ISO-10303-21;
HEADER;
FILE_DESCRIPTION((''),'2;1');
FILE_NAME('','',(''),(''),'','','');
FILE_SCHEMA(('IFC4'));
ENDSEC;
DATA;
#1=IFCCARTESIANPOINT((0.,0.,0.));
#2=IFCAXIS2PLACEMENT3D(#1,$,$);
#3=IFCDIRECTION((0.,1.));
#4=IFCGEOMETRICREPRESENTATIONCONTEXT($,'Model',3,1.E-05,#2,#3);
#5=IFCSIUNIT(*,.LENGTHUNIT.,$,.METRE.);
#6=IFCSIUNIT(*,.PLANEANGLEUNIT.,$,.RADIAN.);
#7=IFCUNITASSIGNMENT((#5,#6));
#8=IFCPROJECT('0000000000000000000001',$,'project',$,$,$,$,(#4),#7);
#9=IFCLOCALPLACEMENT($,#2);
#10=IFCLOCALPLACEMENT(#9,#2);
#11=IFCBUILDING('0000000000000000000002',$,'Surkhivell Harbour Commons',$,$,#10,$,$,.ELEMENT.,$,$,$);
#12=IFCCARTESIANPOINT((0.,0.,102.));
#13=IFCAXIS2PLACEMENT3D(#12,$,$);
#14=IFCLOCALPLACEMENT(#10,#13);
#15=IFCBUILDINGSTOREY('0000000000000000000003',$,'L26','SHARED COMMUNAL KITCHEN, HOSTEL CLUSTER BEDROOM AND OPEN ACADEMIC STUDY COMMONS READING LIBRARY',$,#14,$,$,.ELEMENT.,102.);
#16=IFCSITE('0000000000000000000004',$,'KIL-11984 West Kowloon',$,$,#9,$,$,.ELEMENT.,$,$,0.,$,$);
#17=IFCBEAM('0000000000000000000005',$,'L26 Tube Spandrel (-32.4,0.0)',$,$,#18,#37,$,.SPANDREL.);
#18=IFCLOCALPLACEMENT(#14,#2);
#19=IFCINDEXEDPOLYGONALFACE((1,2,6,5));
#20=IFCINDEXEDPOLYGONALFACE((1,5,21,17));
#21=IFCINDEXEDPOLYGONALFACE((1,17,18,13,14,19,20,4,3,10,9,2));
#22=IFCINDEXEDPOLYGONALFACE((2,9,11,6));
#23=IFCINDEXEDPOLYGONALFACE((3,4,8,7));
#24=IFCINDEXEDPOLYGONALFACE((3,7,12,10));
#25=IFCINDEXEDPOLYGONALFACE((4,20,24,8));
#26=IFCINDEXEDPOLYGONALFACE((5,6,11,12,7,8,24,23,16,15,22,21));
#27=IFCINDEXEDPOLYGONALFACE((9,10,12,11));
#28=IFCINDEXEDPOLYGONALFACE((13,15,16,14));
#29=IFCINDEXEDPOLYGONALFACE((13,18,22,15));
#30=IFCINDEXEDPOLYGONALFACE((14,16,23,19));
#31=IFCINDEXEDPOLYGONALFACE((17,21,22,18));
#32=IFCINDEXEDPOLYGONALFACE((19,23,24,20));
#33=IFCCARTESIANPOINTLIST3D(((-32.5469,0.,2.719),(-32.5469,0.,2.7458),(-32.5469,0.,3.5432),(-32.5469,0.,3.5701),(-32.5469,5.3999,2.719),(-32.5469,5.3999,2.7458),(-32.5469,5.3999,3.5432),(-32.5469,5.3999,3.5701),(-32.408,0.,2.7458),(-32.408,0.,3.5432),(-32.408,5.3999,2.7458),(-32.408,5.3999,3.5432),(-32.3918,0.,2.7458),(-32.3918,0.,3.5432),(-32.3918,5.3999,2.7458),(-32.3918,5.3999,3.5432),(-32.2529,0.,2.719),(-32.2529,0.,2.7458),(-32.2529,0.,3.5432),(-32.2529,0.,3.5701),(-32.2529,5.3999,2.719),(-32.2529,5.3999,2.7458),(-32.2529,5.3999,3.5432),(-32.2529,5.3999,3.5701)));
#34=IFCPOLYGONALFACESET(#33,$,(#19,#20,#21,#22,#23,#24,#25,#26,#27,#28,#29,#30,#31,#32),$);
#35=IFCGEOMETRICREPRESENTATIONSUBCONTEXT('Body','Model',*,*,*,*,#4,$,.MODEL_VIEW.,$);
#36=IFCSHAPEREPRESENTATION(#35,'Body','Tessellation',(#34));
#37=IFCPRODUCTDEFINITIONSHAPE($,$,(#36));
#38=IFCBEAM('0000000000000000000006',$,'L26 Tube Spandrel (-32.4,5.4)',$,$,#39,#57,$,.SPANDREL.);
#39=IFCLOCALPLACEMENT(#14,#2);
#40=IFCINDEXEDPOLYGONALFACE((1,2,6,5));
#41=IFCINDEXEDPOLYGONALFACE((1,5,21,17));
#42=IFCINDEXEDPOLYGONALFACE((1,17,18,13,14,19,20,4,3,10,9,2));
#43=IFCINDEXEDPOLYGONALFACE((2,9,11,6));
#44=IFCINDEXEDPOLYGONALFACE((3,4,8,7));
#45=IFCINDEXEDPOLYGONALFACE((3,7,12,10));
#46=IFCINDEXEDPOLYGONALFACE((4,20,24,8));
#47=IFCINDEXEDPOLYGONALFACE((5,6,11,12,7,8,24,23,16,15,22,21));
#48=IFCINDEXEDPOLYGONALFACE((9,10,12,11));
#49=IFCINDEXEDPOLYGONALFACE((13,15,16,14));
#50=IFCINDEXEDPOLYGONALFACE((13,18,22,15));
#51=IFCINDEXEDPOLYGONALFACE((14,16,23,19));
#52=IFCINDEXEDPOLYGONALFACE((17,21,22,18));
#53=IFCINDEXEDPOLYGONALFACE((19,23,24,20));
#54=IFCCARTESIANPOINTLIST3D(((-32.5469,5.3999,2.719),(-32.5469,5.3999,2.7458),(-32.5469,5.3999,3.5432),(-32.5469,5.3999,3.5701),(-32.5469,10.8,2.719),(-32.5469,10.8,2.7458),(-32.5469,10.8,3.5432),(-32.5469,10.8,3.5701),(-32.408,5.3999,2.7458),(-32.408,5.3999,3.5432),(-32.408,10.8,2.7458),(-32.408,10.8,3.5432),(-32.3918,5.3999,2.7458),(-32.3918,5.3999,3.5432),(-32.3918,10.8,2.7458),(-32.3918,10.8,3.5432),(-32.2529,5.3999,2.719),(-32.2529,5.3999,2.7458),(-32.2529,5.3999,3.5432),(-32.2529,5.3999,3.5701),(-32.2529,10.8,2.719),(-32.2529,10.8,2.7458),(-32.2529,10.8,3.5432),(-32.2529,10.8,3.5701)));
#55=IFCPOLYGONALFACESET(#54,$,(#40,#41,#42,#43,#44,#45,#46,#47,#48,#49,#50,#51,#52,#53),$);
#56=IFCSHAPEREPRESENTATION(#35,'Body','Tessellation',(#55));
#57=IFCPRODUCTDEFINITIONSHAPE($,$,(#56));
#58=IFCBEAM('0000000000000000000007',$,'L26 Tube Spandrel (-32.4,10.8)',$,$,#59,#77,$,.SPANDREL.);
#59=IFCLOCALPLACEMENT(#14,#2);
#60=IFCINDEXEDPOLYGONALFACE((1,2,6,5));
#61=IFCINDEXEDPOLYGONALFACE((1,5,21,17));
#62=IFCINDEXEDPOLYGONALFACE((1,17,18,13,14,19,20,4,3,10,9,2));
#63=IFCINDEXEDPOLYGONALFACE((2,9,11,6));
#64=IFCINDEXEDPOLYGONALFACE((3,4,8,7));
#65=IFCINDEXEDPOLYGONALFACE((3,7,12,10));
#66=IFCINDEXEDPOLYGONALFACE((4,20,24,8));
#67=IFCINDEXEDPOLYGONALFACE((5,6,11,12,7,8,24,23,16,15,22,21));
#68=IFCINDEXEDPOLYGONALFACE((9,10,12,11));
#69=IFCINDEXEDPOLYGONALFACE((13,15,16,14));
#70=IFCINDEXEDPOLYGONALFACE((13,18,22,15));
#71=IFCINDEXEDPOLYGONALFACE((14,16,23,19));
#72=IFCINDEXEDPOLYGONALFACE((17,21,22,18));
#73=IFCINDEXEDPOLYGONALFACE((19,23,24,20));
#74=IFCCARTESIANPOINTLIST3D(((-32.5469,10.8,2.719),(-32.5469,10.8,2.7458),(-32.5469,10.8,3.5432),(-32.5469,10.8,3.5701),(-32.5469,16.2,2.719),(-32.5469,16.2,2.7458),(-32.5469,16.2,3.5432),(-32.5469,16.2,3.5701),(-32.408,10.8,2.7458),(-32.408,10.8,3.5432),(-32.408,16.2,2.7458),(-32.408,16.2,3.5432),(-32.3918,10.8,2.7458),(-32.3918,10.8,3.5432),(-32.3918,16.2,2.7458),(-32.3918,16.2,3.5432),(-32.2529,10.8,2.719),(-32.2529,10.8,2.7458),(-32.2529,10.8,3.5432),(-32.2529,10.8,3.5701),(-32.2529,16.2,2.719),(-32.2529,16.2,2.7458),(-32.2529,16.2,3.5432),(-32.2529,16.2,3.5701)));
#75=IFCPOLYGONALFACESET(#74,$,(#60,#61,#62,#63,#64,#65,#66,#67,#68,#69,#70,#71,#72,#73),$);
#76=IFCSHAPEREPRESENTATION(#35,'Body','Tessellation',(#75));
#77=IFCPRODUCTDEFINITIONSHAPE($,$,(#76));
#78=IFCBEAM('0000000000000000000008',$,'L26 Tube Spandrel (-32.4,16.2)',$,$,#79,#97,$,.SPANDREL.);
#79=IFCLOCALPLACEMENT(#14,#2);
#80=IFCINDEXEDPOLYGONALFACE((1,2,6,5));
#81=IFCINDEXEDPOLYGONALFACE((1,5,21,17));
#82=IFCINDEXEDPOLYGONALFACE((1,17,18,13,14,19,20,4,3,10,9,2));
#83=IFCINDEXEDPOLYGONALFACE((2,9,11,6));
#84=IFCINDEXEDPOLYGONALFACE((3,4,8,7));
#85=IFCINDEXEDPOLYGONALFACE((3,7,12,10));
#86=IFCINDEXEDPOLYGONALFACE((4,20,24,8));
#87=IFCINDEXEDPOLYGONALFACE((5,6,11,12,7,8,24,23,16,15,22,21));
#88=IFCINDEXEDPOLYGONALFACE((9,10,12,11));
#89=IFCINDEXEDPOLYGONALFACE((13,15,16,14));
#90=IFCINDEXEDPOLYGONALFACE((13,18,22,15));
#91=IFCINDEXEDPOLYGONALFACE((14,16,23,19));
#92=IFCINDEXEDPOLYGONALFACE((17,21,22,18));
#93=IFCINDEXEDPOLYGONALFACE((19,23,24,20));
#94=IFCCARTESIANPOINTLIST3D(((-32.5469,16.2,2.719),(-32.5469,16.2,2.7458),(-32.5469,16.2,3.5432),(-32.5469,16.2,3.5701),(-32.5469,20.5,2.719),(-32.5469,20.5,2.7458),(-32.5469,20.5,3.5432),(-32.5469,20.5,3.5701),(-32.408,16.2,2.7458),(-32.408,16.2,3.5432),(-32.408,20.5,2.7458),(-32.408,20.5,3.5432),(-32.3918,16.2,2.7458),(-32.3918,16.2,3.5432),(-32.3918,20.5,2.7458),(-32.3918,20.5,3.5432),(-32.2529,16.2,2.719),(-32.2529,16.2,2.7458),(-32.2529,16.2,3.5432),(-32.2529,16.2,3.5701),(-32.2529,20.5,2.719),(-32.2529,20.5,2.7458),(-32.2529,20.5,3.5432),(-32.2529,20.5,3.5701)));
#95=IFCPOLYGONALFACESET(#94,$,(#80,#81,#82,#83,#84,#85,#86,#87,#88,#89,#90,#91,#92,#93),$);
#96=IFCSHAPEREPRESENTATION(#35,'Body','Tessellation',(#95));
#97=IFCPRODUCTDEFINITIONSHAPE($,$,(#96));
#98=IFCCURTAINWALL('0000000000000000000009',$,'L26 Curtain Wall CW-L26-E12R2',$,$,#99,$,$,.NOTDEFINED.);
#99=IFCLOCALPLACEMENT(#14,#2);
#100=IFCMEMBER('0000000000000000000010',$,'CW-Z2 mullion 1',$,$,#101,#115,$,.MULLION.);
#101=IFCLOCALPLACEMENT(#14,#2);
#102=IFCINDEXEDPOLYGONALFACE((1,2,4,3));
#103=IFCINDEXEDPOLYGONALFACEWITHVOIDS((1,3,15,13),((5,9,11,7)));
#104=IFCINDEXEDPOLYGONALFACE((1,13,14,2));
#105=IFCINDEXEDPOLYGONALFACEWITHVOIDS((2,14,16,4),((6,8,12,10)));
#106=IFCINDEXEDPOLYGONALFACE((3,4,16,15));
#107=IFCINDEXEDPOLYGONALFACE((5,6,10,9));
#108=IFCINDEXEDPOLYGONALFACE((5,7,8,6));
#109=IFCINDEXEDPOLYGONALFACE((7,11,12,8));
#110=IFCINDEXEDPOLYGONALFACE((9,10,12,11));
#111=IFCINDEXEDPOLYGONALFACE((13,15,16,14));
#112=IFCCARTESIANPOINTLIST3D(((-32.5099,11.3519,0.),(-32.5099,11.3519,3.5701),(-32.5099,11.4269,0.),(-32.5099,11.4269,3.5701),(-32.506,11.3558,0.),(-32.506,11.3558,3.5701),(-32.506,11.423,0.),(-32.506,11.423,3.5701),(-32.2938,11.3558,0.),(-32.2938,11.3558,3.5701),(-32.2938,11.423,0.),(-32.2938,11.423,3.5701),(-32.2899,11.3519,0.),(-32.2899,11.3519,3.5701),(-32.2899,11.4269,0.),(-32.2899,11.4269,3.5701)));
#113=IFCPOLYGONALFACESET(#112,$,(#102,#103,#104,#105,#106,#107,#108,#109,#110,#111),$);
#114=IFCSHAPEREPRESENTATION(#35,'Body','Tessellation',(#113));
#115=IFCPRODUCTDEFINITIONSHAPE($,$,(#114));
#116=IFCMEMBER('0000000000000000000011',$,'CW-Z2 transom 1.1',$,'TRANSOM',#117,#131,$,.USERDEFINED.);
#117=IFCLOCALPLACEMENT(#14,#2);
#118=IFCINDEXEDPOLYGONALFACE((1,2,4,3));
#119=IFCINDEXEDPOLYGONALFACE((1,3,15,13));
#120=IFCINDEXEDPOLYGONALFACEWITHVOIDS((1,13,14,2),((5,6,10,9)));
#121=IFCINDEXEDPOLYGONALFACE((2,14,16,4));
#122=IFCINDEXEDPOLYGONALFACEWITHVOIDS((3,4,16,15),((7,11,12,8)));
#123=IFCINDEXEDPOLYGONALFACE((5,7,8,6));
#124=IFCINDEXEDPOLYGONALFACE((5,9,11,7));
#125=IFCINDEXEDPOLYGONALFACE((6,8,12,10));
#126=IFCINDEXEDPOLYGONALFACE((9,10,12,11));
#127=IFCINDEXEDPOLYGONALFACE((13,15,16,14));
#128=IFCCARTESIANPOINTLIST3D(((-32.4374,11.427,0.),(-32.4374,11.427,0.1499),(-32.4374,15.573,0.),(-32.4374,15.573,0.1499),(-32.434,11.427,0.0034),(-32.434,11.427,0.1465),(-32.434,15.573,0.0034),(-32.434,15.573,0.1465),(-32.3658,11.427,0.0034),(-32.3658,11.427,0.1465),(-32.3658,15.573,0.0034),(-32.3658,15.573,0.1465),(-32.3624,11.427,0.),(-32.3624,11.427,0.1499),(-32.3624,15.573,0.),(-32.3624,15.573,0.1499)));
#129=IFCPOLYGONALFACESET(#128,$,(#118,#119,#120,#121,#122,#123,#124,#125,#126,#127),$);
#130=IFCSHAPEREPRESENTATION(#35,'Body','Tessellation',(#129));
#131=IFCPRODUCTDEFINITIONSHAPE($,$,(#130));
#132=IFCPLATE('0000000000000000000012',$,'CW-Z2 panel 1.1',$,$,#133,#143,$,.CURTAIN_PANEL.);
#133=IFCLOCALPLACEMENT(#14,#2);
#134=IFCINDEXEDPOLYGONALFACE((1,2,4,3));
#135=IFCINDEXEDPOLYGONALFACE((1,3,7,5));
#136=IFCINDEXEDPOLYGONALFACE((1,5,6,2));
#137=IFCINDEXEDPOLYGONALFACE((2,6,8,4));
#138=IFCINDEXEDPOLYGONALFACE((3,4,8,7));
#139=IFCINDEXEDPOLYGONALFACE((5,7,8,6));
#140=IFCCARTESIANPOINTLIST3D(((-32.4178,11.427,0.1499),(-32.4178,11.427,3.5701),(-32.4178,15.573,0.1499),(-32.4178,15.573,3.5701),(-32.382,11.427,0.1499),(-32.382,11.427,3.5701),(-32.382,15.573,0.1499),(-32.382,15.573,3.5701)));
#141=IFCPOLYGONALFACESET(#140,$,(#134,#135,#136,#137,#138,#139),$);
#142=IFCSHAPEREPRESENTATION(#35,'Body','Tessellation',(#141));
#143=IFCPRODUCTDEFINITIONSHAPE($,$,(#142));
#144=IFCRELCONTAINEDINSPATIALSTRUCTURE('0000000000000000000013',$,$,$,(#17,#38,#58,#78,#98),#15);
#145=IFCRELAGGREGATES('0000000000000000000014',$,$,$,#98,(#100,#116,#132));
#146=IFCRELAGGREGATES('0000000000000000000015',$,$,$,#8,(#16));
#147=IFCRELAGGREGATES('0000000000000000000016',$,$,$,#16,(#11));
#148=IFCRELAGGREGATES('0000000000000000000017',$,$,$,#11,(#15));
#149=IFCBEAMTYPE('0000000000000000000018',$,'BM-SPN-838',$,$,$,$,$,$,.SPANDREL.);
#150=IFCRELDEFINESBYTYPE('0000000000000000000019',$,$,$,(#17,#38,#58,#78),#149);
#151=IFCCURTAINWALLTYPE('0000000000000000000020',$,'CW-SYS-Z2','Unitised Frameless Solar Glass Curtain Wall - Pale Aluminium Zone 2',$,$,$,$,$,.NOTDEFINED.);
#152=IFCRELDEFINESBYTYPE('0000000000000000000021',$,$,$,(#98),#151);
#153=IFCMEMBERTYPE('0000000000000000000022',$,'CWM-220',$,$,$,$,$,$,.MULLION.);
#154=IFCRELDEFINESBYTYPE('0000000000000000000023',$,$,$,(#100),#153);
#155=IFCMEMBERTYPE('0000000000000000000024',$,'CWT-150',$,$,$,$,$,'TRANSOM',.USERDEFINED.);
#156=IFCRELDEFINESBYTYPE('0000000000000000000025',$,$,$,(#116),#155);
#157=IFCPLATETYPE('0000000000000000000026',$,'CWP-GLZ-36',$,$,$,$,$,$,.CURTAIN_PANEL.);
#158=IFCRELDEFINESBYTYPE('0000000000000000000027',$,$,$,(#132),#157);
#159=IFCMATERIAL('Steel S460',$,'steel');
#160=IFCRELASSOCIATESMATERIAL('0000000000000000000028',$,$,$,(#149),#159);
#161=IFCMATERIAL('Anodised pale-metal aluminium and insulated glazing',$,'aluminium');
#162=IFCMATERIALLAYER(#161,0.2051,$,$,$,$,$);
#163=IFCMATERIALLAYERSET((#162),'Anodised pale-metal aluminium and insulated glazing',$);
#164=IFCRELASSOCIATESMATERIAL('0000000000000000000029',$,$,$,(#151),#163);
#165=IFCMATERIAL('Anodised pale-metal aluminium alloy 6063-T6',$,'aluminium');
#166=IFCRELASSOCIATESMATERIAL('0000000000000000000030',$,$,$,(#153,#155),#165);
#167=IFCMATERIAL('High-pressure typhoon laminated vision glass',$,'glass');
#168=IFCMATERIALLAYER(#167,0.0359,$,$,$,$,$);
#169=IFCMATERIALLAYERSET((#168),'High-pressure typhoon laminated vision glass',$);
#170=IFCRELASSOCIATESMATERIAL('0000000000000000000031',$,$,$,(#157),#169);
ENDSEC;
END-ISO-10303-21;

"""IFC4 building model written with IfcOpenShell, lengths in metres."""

from ifc_helpers import new_model, si_unit, direction, frame, frame_2d, origin, origin_2d, place, context, subcontext, project, spatial, rectangle, hollow_rectangle, i_section, extrude, material, layer, layer_set, material_profile, profile_set, type_object, element, aggregate, save


model = new_model("IFC4")

# Units and contexts
model_context = context("Model", 3, precision=1e-05, world=origin(), true_north=direction((0.0, 1.0)))
body_context = subcontext(model_context, "Body", "Model", "MODEL_VIEW")
ifc_project = project(units=[si_unit("LENGTHUNIT", "METRE"), si_unit("PLANEANGLEUNIT", "RADIAN")], contexts=[model_context])

# Site, building, storey
site_placement = place(None, origin())
site = spatial("IfcSite", under=ifc_project, at=site_placement, Name="KIL-11984 West Kowloon", CompositionType="ELEMENT", RefElevation=0.0)
building_placement = place(site_placement, origin())
building = spatial("IfcBuilding", under=site, at=building_placement, Name="Surkhivell Harbour Commons", CompositionType="ELEMENT")
storey_placement = place(building_placement, frame((0.0, 0.0, 102.0)))
storey = spatial("IfcBuildingStorey", under=building, at=storey_placement, Name="L26", Description="SHARED COMMUNAL KITCHEN, HOSTEL CLUSTER BEDROOM AND OPEN ACADEMIC STUDY COMMONS READING LIBRARY", CompositionType="ELEMENT", Elevation=102.0)

# Beams
ifc_material_1 = material(Name="Steel S460", Category="steel")
ifc_material_profile_1 = material_profile(ifc_material_1, i_section(OverallWidth=0.2939, OverallDepth=0.8511, WebThickness=0.0161, FlangeThickness=0.0269, at=origin_2d()), Name="UB838x292x226")
ifc_profile_set_1 = profile_set([ifc_material_profile_1], Name="Steel S460")
beam_type_1 = type_object("IfcBeamType", Name="BM-SPN-838", PredefinedType="SPANDREL", material=ifc_profile_set_1)
beam_1_placement = place(storey_placement, frame((-32.3999, 0.0, 3.1445), z_axis=(0.0, 1.0, 0.0), x_axis=(-1.0, 0.0, 0.0)))
element("IfcBeam", 1, at=beam_1_placement, inside=storey, type_object=beam_type_1, Name="L26 Tube Spandrel (-32.4,0.0)", PredefinedType="SPANDREL", context=body_context, shape_type="SweptSolid", body=[
    extrude(i_section(OverallWidth=0.2939, OverallDepth=0.8511, WebThickness=0.0161, FlangeThickness=0.0269, at=origin_2d()), origin(), (0.0, 0.0, 1.0), 5.3999),
])
beam_2_placement = place(storey_placement, frame((-32.3999, 5.3999, 3.1445), z_axis=(0.0, 1.0, 0.0), x_axis=(-1.0, 0.0, 0.0)))
element("IfcBeam", 2, at=beam_2_placement, inside=storey, type_object=beam_type_1, Name="L26 Tube Spandrel (-32.4,5.4)", PredefinedType="SPANDREL", context=body_context, shape_type="SweptSolid", body=[
    extrude(i_section(OverallWidth=0.2939, OverallDepth=0.8511, WebThickness=0.0161, FlangeThickness=0.0269, at=origin_2d()), origin(), (0.0, 0.0, 1.0), 5.4001),
])
beam_3_placement = place(storey_placement, frame((-32.3999, 10.8, 3.1445), z_axis=(0.0, 1.0, 0.0), x_axis=(-1.0, 0.0, 0.0)))
element("IfcBeam", 3, at=beam_3_placement, inside=storey, type_object=beam_type_1, Name="L26 Tube Spandrel (-32.4,10.8)", PredefinedType="SPANDREL", context=body_context, shape_type="SweptSolid", body=[
    extrude(i_section(OverallWidth=0.2939, OverallDepth=0.8511, WebThickness=0.0161, FlangeThickness=0.0269, at=origin_2d()), origin(), (0.0, 0.0, 1.0), 5.3999),
])
beam_4_placement = place(storey_placement, frame((-32.3999, 16.2, 3.1445), z_axis=(0.0, 1.0, 0.0), x_axis=(-1.0, 0.0, 0.0)))
element("IfcBeam", 4, at=beam_4_placement, inside=storey, type_object=beam_type_1, Name="L26 Tube Spandrel (-32.4,16.2)", PredefinedType="SPANDREL", context=body_context, shape_type="SweptSolid", body=[
    extrude(i_section(OverallWidth=0.2939, OverallDepth=0.8511, WebThickness=0.0161, FlangeThickness=0.0269, at=origin_2d()), origin(), (0.0, 0.0, 1.0), 4.3),
])

# Curtain wall, members, plate
ifc_material_2 = material(Name="Anodised pale-metal aluminium and insulated glazing", Category="aluminium")
ifc_layer_1 = layer(ifc_material_2, 0.2051)
ifc_layer_set_1 = layer_set([ifc_layer_1], Name="Anodised pale-metal aluminium and insulated glazing")
curtain_wall_type = type_object("IfcCurtainWallType", Name="CW-SYS-Z2", Description="Unitised Frameless Solar Glass Curtain Wall - Pale Aluminium Zone 2", PredefinedType="NOTDEFINED", material=ifc_layer_set_1)
curtain_wall_placement = place(storey_placement, origin())
curtain_wall = element("IfcCurtainWall", 5, at=curtain_wall_placement, inside=storey, type_object=curtain_wall_type, Name="L26 Curtain Wall CW-L26-E12R2", PredefinedType="NOTDEFINED")
ifc_material_3 = material(Name="Anodised pale-metal aluminium alloy 6063-T6", Category="aluminium")
ifc_material_profile_2 = material_profile(ifc_material_3, hollow_rectangle(XDim=0.075, YDim=0.22, WallThickness=0.0039, at=origin_2d()), Name="ALU-MULL-75x220")
ifc_profile_set_2 = profile_set([ifc_material_profile_2], Name="Anodised pale-metal aluminium alloy 6063-T6")
member_type_1 = type_object("IfcMemberType", Name="CWM-220", PredefinedType="MULLION", material=ifc_profile_set_2)
member_1_placement = place(storey_placement, frame((-32.3999, 11.3894, 0.0), z_axis=(0.0, 0.0, 1.0), x_axis=(0.0, 1.0, 0.0)))
member_1 = element("IfcMember", 6, at=member_1_placement, type_object=member_type_1, Name="CW-Z2 mullion 1", PredefinedType="MULLION", context=body_context, shape_type="SweptSolid", body=[
    extrude(hollow_rectangle(XDim=0.075, YDim=0.22, WallThickness=0.0039, at=origin_2d()), origin(), (0.0, 0.0, 1.0), 3.5701),
])
ifc_material_profile_3 = material_profile(ifc_material_3, hollow_rectangle(XDim=0.075, YDim=0.1499, WallThickness=0.0034, at=origin_2d()), Name="ALU-TRAN-75x150")
ifc_profile_set_3 = profile_set([ifc_material_profile_3], Name="Anodised pale-metal aluminium alloy 6063-T6")
member_type_2 = type_object("IfcMemberType", Name="CWT-150", ElementType="TRANSOM", PredefinedType="USERDEFINED", material=ifc_profile_set_3)
member_2_placement = place(storey_placement, frame((-32.3999, 11.427, 0.075), z_axis=(0.0, 1.0, 0.0), x_axis=(-1.0, 0.0, 0.0)))
member_2 = element("IfcMember", 7, at=member_2_placement, type_object=member_type_2, Name="CW-Z2 transom 1.1", ObjectType="TRANSOM", PredefinedType="USERDEFINED", context=body_context, shape_type="SweptSolid", body=[
    extrude(hollow_rectangle(XDim=0.075, YDim=0.1499, WallThickness=0.0034, at=origin_2d()), origin(), (0.0, 0.0, 1.0), 4.146),
])
ifc_material_4 = material(Name="High-pressure typhoon laminated vision glass", Category="glass")
ifc_layer_2 = layer(ifc_material_4, 0.0359)
ifc_layer_set_2 = layer_set([ifc_layer_2], Name="High-pressure typhoon laminated vision glass")
plate_type = type_object("IfcPlateType", Name="CWP-GLZ-36", PredefinedType="CURTAIN_PANEL", material=ifc_layer_set_2)
plate_placement = place(storey_placement, frame((-32.3999, 11.427, 0.1499), z_axis=(0.0, 0.0, 1.0), x_axis=(0.0, 1.0, 0.0)))
plate = element("IfcPlate", 8, at=plate_placement, type_object=plate_type, Name="CW-Z2 panel 1.1", PredefinedType="CURTAIN_PANEL", context=body_context, shape_type="SweptSolid", body=[
    extrude(rectangle(XDim=4.146, YDim=0.0359, at=frame_2d((2.073, 0.0))), origin(), (0.0, 0.0, 1.0), 3.4202),
])
aggregate(curtain_wall, [member_1, member_2, plate])

save(model, "model.ifc")
